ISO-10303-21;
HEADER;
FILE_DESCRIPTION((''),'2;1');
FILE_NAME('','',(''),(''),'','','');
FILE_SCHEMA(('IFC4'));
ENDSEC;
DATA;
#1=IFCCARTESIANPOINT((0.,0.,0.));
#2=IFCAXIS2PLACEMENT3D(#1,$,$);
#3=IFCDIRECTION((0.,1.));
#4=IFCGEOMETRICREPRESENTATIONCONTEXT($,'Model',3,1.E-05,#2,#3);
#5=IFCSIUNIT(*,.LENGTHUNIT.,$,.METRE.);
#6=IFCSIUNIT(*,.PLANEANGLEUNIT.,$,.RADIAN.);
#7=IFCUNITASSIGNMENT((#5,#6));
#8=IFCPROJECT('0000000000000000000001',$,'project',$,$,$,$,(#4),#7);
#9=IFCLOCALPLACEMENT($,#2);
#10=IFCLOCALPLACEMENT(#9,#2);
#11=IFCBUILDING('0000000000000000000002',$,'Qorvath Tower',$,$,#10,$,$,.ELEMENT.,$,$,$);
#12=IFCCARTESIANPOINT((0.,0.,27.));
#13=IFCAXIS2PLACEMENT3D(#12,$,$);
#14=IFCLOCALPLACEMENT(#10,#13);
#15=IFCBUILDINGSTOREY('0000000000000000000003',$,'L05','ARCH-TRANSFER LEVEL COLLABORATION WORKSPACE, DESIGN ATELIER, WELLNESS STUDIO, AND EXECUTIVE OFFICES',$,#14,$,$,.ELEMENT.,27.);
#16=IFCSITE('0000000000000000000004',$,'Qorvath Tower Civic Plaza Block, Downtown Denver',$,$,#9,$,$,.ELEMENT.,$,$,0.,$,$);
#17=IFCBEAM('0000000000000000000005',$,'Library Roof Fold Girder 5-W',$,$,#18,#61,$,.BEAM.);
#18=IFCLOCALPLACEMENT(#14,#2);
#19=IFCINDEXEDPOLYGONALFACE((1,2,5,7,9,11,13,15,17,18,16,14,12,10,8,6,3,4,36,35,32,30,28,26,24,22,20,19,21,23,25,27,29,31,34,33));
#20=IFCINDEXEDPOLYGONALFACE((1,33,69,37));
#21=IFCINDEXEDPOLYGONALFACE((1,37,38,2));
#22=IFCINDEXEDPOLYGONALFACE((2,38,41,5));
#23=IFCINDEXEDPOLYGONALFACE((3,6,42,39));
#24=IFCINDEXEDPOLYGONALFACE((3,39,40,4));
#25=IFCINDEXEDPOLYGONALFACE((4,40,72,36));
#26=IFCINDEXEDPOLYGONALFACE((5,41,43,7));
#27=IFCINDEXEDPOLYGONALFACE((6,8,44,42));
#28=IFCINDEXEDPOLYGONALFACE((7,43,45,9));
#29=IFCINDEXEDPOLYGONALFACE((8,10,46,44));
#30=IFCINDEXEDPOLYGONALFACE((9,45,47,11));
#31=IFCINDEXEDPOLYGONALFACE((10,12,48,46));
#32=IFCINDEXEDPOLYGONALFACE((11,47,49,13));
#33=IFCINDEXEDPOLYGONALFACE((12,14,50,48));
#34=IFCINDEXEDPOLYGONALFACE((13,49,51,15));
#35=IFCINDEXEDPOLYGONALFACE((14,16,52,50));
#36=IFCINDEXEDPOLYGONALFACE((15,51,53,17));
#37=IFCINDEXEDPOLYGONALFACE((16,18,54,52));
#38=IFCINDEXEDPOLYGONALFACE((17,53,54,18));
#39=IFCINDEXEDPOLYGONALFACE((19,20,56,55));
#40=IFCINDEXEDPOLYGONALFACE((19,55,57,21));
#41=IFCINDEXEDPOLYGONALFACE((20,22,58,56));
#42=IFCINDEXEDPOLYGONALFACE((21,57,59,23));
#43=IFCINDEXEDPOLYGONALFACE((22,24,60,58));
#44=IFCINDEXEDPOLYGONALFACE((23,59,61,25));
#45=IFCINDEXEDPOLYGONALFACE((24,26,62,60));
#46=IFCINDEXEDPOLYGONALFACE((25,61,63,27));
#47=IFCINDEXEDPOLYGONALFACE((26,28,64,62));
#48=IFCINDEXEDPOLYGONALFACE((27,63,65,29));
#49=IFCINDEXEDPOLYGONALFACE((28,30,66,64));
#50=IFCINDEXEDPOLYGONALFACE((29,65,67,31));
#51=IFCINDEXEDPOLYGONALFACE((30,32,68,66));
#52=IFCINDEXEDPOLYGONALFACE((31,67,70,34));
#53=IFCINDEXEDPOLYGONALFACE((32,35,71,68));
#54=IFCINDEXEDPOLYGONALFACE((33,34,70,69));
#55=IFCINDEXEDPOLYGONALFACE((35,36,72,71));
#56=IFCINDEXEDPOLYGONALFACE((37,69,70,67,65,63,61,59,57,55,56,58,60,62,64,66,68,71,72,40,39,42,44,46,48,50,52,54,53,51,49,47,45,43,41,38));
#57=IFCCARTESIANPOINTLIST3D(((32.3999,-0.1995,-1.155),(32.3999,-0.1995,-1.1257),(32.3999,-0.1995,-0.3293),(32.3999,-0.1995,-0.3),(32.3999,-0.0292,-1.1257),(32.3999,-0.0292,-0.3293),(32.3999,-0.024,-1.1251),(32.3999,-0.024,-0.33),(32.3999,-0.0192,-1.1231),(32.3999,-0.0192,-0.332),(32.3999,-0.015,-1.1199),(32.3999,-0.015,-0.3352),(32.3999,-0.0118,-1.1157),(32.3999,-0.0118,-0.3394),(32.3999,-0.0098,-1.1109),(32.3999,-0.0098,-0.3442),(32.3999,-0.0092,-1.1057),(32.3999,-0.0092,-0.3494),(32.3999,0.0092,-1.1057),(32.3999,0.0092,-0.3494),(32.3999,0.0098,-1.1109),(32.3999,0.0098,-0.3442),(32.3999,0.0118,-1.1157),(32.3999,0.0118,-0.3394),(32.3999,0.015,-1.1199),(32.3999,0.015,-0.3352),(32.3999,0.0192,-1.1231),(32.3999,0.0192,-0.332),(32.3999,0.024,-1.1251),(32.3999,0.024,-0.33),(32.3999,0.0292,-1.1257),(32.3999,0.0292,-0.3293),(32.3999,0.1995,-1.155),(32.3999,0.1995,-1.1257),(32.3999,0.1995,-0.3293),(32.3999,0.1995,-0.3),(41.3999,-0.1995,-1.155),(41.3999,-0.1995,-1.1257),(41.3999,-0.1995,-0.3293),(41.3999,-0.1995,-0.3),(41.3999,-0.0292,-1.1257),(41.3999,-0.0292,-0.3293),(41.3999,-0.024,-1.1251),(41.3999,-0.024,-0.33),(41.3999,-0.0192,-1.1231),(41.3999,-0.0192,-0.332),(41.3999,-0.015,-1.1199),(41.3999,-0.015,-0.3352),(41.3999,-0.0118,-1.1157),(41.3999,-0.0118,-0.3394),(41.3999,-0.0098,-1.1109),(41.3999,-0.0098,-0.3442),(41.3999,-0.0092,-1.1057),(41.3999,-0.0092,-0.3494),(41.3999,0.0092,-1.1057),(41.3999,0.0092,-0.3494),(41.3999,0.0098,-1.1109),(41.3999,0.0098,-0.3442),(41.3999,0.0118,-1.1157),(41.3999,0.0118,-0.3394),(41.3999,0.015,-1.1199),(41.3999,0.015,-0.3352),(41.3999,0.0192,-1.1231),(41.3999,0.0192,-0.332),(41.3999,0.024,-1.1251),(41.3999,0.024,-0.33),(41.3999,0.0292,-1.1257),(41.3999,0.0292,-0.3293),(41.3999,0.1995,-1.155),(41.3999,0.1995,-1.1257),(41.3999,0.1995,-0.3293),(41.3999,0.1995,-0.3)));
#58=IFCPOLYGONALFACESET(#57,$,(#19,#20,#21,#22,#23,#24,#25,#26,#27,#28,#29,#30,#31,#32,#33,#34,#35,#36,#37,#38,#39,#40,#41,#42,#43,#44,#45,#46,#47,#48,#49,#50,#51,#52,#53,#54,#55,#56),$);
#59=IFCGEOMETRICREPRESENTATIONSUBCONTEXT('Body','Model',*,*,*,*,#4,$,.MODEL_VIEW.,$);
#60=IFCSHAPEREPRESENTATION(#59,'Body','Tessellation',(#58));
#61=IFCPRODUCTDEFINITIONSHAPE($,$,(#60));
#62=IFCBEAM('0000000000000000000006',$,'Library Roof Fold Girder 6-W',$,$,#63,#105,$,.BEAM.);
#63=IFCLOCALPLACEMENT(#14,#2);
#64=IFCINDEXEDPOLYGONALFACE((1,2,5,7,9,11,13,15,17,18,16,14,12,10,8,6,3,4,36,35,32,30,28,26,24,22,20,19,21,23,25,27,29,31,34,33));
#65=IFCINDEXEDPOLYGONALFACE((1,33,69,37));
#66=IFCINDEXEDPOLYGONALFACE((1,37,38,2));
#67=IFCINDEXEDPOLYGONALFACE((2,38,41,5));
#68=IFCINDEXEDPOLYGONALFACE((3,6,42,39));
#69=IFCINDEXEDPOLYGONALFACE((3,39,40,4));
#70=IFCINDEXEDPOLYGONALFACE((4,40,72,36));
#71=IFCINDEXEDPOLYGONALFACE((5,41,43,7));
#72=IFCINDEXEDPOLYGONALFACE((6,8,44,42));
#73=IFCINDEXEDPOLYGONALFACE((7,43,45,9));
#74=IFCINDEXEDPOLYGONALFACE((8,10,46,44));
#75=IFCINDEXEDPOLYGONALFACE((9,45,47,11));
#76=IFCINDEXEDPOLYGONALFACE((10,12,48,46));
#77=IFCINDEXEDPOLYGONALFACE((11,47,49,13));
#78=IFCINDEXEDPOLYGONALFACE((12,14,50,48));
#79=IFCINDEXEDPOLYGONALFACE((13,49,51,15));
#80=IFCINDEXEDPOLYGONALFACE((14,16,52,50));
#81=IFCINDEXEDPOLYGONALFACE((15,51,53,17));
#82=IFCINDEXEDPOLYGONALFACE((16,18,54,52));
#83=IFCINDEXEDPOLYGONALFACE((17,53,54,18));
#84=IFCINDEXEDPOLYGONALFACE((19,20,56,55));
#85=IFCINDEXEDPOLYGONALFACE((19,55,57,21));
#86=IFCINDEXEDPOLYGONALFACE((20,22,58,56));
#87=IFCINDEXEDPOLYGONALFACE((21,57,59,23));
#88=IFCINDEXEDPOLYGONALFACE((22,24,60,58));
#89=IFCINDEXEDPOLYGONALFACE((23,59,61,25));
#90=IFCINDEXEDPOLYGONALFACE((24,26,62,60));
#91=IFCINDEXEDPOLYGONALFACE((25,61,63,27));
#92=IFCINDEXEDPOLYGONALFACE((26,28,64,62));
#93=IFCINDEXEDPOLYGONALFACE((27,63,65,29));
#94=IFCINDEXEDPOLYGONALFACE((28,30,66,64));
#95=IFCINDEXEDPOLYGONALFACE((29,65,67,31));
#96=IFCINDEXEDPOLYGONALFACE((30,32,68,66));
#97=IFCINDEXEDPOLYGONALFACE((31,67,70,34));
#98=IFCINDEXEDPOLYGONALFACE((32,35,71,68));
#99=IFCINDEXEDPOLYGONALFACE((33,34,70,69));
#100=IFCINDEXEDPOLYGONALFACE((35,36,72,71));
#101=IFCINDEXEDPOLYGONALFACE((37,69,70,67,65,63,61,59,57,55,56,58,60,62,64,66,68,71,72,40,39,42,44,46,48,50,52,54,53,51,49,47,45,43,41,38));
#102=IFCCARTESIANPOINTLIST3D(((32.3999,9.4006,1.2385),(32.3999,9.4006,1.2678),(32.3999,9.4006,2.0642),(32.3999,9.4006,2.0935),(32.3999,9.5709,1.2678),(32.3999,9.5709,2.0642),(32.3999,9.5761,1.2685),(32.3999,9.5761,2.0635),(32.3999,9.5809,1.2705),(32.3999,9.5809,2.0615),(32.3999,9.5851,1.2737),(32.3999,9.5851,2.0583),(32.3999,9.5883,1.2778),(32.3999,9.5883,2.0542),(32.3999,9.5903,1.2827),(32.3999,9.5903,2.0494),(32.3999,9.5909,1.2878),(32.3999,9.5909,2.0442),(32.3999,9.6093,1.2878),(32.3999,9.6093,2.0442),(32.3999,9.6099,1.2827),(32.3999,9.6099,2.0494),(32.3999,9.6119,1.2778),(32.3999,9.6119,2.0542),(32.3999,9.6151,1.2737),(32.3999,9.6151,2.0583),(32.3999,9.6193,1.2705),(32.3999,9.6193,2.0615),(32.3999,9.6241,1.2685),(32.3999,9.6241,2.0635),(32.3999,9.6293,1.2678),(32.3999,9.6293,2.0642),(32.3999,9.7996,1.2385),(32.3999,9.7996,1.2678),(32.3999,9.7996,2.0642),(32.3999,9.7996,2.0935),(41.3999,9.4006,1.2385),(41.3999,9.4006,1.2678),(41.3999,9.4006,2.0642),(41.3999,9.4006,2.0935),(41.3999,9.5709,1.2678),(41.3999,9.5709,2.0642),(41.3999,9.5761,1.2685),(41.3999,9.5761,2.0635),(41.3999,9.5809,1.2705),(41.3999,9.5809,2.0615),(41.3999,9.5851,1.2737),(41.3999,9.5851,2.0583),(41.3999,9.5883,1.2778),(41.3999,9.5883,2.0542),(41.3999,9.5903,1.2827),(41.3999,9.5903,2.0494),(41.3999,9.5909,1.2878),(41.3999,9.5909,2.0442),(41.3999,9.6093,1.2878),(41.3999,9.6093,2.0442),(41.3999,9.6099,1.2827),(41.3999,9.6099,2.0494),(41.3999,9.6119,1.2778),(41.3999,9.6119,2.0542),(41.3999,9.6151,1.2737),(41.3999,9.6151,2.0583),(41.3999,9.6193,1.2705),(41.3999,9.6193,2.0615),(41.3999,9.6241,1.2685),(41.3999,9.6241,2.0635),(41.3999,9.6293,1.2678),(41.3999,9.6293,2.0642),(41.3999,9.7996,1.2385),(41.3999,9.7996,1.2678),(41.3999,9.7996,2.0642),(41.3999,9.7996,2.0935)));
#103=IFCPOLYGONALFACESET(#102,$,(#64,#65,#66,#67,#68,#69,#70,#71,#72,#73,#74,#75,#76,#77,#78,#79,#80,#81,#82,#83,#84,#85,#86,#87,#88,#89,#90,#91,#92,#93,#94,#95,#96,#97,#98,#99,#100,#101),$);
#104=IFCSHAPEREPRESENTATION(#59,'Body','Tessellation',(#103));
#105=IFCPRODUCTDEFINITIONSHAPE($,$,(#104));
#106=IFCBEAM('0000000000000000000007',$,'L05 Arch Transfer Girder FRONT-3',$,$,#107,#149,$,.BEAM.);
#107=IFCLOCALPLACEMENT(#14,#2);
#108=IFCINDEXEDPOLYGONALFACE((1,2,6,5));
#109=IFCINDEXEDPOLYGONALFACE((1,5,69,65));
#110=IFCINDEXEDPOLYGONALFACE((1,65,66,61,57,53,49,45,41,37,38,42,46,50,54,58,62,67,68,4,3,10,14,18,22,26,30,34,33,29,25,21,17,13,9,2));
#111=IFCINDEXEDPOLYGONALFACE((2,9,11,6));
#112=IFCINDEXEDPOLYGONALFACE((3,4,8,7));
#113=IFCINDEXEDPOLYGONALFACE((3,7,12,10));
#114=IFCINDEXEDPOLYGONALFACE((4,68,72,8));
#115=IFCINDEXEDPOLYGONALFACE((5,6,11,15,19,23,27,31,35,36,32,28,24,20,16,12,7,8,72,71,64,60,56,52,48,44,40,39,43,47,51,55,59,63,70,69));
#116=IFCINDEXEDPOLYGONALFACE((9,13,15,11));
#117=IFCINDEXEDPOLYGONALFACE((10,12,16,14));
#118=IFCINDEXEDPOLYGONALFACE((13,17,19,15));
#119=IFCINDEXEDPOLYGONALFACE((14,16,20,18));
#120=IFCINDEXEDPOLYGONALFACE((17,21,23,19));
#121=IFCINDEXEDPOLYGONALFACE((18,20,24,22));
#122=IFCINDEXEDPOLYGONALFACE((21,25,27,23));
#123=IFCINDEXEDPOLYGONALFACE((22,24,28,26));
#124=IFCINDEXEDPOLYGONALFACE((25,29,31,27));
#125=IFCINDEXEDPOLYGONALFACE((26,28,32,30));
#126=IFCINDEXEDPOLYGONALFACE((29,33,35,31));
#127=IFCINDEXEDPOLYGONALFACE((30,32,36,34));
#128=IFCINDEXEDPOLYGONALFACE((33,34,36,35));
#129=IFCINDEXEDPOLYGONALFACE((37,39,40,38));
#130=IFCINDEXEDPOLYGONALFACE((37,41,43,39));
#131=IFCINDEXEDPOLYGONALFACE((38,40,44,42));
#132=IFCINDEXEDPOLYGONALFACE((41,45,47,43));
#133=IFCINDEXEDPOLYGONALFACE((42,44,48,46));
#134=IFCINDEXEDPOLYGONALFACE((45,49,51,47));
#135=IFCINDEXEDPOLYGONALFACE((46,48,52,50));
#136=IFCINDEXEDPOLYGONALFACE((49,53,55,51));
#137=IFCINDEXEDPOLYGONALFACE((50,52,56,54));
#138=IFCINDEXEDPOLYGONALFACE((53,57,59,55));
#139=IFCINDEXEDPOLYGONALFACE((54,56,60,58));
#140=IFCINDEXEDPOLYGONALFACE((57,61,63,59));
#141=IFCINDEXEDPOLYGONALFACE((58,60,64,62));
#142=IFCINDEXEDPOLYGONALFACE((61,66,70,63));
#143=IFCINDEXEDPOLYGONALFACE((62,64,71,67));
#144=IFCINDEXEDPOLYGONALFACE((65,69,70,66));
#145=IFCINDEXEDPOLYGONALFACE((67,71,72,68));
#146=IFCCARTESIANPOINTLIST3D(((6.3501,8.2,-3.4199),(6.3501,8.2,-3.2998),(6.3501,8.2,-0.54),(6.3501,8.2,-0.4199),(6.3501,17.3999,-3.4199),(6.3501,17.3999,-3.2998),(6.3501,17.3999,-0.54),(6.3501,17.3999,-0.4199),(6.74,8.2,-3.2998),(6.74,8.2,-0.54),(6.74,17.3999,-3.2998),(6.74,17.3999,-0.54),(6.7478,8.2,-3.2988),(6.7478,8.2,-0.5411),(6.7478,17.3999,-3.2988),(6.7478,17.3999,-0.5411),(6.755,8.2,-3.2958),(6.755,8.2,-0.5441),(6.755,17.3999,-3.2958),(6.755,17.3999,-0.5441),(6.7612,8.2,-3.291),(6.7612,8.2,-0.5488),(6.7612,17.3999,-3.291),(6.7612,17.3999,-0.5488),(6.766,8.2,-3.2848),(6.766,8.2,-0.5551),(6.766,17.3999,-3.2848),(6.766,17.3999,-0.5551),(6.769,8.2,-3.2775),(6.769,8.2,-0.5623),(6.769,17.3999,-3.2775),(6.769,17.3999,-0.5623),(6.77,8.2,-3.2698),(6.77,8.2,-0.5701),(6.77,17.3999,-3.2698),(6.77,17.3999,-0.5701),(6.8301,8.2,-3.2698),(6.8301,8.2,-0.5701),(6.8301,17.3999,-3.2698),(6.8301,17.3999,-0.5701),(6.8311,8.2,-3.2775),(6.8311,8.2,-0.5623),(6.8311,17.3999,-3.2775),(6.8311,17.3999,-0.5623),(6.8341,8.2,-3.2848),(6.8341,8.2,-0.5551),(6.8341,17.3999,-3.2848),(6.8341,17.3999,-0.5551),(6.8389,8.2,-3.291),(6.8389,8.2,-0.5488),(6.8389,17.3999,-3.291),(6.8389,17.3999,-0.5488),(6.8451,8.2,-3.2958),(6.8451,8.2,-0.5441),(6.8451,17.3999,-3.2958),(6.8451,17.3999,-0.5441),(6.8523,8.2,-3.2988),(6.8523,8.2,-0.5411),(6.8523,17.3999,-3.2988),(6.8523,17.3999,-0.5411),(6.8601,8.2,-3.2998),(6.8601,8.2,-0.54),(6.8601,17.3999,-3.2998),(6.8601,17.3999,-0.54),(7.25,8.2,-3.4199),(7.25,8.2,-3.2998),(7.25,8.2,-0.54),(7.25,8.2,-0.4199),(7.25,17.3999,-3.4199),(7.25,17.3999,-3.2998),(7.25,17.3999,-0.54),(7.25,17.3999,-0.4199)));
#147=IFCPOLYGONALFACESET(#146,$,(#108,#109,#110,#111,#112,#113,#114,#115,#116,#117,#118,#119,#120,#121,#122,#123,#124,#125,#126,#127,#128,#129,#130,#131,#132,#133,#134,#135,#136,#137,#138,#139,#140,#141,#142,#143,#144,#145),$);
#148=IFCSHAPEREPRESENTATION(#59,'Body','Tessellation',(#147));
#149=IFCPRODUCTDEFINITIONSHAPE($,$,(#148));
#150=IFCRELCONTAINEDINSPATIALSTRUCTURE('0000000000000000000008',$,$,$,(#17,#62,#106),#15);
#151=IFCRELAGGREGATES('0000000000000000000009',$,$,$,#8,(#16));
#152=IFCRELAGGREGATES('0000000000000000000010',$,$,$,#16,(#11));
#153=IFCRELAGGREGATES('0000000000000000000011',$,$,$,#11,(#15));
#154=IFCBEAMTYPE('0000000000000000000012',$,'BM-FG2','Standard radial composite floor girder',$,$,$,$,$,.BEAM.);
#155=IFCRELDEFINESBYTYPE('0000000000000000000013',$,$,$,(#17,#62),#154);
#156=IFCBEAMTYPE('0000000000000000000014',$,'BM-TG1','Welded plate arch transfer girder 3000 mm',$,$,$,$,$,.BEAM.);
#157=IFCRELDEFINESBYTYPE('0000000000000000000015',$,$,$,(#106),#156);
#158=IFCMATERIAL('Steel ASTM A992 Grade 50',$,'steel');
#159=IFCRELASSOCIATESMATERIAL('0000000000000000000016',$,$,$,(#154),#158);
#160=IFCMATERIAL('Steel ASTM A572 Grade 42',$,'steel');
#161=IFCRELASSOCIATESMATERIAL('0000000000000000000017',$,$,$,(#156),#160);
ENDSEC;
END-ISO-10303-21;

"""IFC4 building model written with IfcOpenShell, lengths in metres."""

from ifc_helpers import new_model, si_unit, direction, frame, origin, origin_2d, place, context, subcontext, project, spatial, i_section, extrude, material, material_profile, profile_set, type_object, element, save


model = new_model("IFC4")

# Units and contexts
model_context = context("Model", 3, precision=1e-05, world=origin(), true_north=direction((0.0, 1.0)))
body_context = subcontext(model_context, "Body", "Model", "MODEL_VIEW")
ifc_project = project(units=[si_unit("LENGTHUNIT", "METRE"), si_unit("PLANEANGLEUNIT", "RADIAN")], contexts=[model_context])

# Site, building, storey
site_placement = place(None, origin())
site = spatial("IfcSite", under=ifc_project, at=site_placement, Name="Qorvath Tower Civic Plaza Block, Downtown Denver", CompositionType="ELEMENT", RefElevation=0.0)
building_placement = place(site_placement, origin())
building = spatial("IfcBuilding", under=site, at=building_placement, Name="Qorvath Tower", CompositionType="ELEMENT")
storey_placement = place(building_placement, frame((0.0, 0.0, 27.0)))
storey = spatial("IfcBuildingStorey", under=building, at=storey_placement, Name="L05", Description="ARCH-TRANSFER LEVEL COLLABORATION WORKSPACE, DESIGN ATELIER, WELLNESS STUDIO, AND EXECUTIVE OFFICES", CompositionType="ELEMENT", Elevation=27.0)

# Beams
ifc_material_1 = material(Name="Steel ASTM A992 Grade 50", Category="steel")
ifc_material_profile_1 = material_profile(ifc_material_1, i_section(OverallWidth=0.3989, OverallDepth=0.855, WebThickness=0.0183, FlangeThickness=0.0293, FilletRadius=0.02, at=origin_2d()), Name="W33x201")
ifc_profile_set_1 = profile_set([ifc_material_profile_1], Name="Steel ASTM A992 Grade 50")
beam_type_1 = type_object("IfcBeamType", Name="BM-FG2", Description="Standard radial composite floor girder", PredefinedType="BEAM", material=ifc_profile_set_1)
for number, where, z_axis, x_axis, name in (
    (1, (32.3999, 0.0, -0.7275), (1.0, 0.0, 0.0), (0.0, 1.0, 0.0), "Library Roof Fold Girder 5-W"),
    (2, (32.3999, 9.6001, 1.666), (1.0, 0.0, 0.0), (0.0, 1.0, 0.0), "Library Roof Fold Girder 6-W"),
):
    element("IfcBeam", number, at=place(storey_placement, frame(where, z_axis=z_axis, x_axis=x_axis)), inside=storey, type_object=beam_type_1, Name=name, PredefinedType="BEAM", context=body_context, shape_type="SweptSolid", body=[
        extrude(i_section(OverallWidth=0.3989, OverallDepth=0.855, WebThickness=0.0183, FlangeThickness=0.0293, FilletRadius=0.02, at=origin_2d()), origin(), (0.0, 0.0, 1.0), 9.0),
    ])
ifc_material_2 = material(Name="Steel ASTM A572 Grade 42", Category="steel")
ifc_material_profile_2 = material_profile(ifc_material_2, i_section(OverallWidth=0.8999, OverallDepth=3.0, WebThickness=0.0601, FlangeThickness=0.1201, FilletRadius=0.03, at=origin_2d()), Name="WTG 3000x900")
ifc_profile_set_2 = profile_set([ifc_material_profile_2], Name="Steel ASTM A572 Grade 42")
beam_type_2 = type_object("IfcBeamType", Name="BM-TG1", Description="Welded plate arch transfer girder 3000 mm", PredefinedType="BEAM", material=ifc_profile_set_2)
beam_placement = place(storey_placement, frame((6.8, 8.2, -1.9199), z_axis=(0.0, 1.0, 0.0), x_axis=(-1.0, 0.0, 0.0)))
element("IfcBeam", 3, at=beam_placement, inside=storey, type_object=beam_type_2, Name="L05 Arch Transfer Girder FRONT-3", PredefinedType="BEAM", context=body_context, shape_type="SweptSolid", body=[
    extrude(i_section(OverallWidth=0.8999, OverallDepth=3.0, WebThickness=0.0601, FlangeThickness=0.1201, FilletRadius=0.03, at=origin_2d()), origin(), (0.0, 0.0, 1.0), 9.2),
])

save(model, "model.ifc")
